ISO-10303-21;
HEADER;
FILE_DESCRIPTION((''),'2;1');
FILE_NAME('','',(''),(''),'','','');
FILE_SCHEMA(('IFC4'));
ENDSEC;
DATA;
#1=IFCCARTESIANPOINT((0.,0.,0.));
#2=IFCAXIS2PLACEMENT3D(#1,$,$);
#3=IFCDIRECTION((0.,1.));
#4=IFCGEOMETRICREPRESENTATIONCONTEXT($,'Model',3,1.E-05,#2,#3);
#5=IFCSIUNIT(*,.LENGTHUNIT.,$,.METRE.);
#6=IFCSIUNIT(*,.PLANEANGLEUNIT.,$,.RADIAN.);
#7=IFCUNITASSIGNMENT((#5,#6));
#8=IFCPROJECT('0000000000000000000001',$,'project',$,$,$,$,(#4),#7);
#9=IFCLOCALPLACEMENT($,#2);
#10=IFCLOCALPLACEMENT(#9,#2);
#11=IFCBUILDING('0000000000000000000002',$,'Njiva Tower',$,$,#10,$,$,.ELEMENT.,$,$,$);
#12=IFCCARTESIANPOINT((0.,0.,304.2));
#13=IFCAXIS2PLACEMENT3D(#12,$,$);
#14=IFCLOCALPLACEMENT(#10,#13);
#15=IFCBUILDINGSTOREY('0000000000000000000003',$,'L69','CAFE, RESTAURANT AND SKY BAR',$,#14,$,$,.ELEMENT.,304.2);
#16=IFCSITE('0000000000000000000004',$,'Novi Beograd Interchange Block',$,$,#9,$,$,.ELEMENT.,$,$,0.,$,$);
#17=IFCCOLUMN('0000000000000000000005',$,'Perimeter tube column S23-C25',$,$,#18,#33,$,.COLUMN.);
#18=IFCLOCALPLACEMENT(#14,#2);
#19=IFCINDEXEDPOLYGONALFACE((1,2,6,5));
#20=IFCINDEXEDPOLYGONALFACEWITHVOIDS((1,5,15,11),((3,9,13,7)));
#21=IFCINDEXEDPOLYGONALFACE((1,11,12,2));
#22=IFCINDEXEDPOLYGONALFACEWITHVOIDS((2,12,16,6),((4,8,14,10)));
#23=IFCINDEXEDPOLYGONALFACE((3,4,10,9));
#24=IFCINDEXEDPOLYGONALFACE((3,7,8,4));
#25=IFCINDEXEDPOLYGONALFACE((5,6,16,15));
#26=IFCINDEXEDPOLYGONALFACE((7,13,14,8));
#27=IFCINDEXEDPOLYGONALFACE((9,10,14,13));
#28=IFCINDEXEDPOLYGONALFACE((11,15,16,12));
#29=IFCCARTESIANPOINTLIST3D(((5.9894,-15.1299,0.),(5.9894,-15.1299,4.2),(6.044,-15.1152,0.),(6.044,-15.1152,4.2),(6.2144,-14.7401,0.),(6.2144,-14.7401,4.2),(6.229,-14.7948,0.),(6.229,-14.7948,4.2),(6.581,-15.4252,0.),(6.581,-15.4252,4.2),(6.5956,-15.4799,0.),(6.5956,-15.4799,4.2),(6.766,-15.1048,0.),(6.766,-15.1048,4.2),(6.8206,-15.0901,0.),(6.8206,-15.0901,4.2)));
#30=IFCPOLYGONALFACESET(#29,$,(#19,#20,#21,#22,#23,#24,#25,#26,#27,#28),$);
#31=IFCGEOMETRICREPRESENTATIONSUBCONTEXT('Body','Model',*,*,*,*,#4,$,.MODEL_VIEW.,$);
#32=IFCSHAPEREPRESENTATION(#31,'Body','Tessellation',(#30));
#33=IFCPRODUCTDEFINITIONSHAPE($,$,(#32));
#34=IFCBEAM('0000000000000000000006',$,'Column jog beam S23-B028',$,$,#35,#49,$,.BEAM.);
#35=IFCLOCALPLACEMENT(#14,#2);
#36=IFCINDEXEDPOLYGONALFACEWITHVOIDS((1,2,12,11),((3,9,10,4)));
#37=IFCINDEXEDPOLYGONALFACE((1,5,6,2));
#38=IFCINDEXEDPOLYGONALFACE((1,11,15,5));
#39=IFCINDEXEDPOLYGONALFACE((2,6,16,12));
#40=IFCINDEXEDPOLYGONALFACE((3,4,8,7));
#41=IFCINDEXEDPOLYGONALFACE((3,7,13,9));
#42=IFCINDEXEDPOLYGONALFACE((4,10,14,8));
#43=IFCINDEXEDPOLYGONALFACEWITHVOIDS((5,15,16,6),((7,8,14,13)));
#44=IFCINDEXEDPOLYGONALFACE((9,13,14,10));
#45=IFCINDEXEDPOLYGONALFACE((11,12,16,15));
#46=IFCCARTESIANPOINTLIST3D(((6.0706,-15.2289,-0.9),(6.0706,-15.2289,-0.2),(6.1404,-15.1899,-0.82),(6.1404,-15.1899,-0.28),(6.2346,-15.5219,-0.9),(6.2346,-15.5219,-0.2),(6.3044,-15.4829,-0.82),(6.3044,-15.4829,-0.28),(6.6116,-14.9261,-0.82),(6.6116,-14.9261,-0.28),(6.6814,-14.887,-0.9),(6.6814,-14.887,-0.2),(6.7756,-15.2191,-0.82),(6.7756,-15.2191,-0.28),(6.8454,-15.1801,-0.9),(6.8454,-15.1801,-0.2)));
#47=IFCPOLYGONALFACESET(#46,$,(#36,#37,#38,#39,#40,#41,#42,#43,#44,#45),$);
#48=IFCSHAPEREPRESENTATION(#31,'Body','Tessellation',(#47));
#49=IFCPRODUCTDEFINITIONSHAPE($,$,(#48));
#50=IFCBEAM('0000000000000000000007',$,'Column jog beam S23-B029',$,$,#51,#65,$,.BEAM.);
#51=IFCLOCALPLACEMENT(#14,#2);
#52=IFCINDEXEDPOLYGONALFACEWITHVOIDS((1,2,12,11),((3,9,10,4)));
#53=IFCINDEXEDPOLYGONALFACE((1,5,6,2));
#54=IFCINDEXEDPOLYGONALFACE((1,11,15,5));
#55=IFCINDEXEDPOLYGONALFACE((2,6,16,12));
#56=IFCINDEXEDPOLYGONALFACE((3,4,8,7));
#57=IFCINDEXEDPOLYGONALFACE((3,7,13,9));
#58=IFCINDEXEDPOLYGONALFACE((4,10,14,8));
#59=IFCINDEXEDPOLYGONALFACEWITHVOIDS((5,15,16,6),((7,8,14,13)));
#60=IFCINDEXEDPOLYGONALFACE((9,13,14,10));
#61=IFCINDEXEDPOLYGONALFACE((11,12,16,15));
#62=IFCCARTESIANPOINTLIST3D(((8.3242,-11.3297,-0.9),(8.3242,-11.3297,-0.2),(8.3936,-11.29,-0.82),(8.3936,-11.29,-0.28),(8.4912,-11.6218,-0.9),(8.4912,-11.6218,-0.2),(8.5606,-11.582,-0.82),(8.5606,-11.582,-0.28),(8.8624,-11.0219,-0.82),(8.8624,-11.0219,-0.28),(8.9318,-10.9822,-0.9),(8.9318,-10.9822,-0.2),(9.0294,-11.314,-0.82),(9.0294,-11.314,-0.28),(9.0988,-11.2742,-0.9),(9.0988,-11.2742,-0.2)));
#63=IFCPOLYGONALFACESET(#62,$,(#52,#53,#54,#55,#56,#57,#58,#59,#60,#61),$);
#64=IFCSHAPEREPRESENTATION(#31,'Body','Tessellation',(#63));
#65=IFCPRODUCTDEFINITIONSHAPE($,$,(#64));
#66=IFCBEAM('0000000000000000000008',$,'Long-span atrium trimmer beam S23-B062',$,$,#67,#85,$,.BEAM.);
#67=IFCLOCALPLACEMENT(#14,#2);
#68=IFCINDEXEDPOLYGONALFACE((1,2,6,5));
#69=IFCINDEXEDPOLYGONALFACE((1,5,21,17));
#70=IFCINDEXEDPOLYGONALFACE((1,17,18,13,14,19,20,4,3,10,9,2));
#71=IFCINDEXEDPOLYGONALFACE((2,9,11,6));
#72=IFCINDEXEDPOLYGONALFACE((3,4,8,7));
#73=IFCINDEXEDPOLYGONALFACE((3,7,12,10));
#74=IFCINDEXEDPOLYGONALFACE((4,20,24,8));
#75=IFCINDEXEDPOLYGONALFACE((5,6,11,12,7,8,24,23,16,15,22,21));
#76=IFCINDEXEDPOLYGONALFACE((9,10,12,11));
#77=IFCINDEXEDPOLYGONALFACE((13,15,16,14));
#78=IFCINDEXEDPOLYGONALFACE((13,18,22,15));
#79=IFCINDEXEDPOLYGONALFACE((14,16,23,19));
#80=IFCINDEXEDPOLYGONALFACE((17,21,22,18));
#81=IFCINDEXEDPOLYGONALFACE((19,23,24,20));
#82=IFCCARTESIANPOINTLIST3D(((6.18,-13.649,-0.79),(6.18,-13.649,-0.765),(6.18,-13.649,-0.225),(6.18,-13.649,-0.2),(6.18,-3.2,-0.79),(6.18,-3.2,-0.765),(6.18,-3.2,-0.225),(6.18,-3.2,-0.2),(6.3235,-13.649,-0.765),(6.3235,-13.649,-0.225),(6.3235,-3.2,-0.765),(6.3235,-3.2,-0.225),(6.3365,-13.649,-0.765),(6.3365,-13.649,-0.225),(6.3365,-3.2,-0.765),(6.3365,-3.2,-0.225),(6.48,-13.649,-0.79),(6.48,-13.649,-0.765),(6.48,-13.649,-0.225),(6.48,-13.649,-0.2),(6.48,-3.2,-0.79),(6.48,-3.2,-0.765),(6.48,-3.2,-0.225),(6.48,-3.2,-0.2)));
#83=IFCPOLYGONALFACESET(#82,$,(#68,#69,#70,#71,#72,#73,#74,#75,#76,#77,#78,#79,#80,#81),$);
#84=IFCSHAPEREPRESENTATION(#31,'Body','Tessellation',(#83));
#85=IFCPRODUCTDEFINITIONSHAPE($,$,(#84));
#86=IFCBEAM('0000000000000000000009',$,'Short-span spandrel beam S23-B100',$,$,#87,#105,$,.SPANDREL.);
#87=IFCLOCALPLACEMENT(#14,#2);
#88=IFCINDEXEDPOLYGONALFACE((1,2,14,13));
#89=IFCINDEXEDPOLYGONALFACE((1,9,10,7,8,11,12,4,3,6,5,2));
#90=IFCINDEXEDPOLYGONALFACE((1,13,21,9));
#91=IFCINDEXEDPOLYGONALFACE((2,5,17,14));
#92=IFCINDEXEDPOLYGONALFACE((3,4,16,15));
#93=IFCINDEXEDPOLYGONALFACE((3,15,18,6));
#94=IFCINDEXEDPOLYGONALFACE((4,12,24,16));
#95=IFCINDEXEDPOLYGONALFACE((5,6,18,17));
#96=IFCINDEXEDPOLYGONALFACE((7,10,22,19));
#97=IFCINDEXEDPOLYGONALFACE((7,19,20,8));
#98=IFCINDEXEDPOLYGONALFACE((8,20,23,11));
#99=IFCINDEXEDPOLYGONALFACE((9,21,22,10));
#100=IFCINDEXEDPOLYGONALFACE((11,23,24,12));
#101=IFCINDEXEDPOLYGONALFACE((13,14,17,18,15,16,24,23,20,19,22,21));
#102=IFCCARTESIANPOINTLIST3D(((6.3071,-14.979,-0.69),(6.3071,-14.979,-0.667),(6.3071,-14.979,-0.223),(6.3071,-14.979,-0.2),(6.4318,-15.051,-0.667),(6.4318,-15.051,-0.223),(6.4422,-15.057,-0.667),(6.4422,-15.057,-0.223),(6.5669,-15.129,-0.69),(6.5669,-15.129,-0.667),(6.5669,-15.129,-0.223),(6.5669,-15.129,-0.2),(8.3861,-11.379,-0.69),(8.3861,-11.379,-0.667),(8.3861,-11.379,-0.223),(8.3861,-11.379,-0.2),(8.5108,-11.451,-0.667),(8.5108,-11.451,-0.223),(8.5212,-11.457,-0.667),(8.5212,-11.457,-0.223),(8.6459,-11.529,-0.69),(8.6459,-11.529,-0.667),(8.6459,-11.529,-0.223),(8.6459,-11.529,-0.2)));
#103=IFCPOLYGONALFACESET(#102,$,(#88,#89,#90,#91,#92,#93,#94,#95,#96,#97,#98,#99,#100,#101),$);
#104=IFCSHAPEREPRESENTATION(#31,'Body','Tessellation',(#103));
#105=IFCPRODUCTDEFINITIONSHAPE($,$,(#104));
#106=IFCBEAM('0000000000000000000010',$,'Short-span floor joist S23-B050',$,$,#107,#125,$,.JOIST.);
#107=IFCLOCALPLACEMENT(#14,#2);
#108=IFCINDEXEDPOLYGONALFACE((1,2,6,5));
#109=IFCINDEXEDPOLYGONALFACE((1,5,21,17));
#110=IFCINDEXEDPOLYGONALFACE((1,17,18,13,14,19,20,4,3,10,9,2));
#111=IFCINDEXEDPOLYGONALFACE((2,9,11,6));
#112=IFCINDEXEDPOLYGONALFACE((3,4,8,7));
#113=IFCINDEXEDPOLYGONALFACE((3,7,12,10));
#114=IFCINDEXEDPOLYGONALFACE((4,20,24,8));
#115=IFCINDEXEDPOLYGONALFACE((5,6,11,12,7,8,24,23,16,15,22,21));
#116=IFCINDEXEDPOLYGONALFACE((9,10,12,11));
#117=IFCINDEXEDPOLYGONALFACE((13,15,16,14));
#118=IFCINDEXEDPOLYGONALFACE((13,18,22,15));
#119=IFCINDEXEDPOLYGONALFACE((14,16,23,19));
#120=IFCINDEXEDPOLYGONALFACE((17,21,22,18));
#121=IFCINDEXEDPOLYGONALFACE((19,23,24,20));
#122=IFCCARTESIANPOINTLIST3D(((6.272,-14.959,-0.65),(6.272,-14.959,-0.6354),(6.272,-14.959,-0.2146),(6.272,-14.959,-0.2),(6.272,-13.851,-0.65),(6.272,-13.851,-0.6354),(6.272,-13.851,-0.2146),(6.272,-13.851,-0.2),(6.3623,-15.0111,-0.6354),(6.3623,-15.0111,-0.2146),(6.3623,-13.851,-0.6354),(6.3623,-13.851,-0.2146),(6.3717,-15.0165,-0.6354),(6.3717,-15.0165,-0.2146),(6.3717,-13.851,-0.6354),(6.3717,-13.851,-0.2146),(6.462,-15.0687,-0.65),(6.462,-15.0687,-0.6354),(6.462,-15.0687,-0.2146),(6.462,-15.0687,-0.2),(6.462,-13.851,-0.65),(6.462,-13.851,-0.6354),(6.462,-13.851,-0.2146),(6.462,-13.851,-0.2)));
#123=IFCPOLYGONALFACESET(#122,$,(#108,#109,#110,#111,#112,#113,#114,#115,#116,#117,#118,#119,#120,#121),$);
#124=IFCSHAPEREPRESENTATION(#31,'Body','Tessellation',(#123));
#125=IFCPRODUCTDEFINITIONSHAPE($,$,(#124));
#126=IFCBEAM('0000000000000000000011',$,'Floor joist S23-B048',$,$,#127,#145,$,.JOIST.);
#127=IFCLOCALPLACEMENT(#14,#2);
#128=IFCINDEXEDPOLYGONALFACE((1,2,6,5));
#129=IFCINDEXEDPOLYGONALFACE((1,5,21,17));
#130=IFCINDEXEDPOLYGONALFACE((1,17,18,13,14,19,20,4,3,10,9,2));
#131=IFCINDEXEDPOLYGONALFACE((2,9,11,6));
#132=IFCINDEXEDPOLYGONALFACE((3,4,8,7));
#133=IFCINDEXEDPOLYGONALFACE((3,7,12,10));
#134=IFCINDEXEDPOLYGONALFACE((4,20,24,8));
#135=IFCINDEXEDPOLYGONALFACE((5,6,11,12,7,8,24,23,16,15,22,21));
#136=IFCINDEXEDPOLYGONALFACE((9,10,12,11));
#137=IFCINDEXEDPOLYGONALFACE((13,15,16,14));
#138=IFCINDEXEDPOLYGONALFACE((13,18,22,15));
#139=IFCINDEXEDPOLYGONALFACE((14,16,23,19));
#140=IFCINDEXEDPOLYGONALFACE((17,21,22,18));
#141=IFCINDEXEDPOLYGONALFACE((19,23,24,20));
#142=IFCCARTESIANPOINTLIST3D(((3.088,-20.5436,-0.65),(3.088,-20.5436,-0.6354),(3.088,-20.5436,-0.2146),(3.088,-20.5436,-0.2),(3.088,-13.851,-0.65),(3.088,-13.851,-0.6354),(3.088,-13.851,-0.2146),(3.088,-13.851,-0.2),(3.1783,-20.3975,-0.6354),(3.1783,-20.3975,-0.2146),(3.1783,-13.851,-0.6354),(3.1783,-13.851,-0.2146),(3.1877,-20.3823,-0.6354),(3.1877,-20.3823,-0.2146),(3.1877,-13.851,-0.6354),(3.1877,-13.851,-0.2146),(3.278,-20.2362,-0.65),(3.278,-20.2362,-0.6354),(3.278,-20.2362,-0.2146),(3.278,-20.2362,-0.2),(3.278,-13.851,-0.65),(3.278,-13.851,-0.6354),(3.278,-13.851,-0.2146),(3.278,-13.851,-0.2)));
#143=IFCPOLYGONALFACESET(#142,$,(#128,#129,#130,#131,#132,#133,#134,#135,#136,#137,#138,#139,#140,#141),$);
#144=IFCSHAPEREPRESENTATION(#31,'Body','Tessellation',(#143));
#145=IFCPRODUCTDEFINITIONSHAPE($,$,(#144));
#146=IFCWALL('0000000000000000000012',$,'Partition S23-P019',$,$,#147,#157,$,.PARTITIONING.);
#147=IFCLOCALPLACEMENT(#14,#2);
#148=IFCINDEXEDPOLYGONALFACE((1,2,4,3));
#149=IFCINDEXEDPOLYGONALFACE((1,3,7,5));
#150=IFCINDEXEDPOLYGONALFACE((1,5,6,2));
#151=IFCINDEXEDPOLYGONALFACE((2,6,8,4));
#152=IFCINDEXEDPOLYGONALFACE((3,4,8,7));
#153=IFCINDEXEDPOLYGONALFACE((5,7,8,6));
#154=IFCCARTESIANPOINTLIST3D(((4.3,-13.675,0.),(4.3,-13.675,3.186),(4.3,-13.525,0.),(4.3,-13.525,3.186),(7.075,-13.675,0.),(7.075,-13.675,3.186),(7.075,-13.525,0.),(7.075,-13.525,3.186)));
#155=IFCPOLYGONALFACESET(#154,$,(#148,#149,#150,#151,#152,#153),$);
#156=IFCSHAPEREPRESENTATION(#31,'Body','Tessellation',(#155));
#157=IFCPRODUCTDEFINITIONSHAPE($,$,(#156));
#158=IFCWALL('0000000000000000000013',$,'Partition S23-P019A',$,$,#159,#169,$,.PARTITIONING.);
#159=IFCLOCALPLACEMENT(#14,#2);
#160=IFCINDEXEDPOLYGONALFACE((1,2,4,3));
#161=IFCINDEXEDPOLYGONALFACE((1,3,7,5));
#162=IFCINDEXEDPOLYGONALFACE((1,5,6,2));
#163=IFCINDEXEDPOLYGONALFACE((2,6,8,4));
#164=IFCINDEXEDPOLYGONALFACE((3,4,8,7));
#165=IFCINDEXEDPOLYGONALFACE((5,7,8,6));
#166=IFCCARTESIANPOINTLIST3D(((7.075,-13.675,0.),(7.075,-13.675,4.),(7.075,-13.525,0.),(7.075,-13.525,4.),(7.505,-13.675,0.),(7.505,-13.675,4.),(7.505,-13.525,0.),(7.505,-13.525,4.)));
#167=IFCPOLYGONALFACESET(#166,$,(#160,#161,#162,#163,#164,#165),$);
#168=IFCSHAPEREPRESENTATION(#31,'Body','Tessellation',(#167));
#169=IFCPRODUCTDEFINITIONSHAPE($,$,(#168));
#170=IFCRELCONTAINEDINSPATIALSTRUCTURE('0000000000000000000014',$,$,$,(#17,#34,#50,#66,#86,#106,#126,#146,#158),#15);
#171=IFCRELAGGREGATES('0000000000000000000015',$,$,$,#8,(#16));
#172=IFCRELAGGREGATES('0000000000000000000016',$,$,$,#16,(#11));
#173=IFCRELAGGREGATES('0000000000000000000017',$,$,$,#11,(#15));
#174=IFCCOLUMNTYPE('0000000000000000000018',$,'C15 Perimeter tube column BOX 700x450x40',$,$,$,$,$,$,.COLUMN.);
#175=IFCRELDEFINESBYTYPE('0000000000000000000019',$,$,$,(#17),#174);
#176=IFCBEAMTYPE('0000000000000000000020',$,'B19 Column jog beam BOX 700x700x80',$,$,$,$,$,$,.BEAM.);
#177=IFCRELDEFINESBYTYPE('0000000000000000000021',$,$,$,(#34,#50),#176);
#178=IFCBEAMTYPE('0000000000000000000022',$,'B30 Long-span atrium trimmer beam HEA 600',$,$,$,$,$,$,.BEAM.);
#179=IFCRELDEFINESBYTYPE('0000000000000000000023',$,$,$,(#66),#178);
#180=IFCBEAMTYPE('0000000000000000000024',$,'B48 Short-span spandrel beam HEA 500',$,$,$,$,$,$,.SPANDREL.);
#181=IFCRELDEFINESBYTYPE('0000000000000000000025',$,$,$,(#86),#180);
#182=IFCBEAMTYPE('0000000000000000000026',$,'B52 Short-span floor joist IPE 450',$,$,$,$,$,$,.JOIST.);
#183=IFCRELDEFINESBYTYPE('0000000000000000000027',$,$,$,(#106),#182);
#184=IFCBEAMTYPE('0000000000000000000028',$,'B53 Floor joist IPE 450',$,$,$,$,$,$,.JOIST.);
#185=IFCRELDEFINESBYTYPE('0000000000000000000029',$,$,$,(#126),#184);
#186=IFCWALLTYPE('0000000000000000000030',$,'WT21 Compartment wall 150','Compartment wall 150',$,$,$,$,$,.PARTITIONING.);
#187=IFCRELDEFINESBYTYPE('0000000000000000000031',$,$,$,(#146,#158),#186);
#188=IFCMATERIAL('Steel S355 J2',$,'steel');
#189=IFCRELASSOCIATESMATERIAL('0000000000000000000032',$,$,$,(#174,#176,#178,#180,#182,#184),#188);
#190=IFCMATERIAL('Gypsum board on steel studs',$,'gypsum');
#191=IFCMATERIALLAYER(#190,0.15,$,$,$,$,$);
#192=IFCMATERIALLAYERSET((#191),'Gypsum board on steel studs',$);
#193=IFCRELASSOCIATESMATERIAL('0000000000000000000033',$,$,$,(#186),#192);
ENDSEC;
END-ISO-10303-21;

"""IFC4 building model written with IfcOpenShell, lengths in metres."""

from ifc_helpers import new_model, si_unit, direction, frame, frame_2d, origin, origin_2d, place, context, subcontext, project, spatial, rectangle, hollow_rectangle, i_section, extrude, clip, halfspace, material, layer, layer_set, material_profile, profile_set, type_object, element, save


model = new_model("IFC4")

# Units and contexts
model_context = context("Model", 3, precision=1e-05, world=origin(), true_north=direction((0.0, 1.0)))
body_context = subcontext(model_context, "Body", "Model", "MODEL_VIEW")
ifc_project = project(units=[si_unit("LENGTHUNIT", "METRE"), si_unit("PLANEANGLEUNIT", "RADIAN")], contexts=[model_context])

# Site, building, storey
site_placement = place(None, origin())
site = spatial("IfcSite", under=ifc_project, at=site_placement, Name="Novi Beograd Interchange Block", CompositionType="ELEMENT", RefElevation=0.0)
building_placement = place(site_placement, origin())
building = spatial("IfcBuilding", under=site, at=building_placement, Name="Njiva Tower", CompositionType="ELEMENT")
storey_placement = place(building_placement, frame((0.0, 0.0, 304.2)))
storey = spatial("IfcBuildingStorey", under=building, at=storey_placement, Name="L69", Description="CAFE, RESTAURANT AND SKY BAR", CompositionType="ELEMENT", Elevation=304.2)

# Column
ifc_material_1 = material(Name="Steel S355 J2", Category="steel")
ifc_material_profile_1 = material_profile(ifc_material_1, hollow_rectangle(XDim=0.45, YDim=0.7, WallThickness=0.04, at=origin_2d()), Name="BOX 700x450x40")
ifc_profile_set_1 = profile_set([ifc_material_profile_1], Name="Steel S355 J2")
column_type = type_object("IfcColumnType", Name="C15 Perimeter tube column BOX 700x450x40", PredefinedType="COLUMN", material=ifc_profile_set_1)
column_placement = place(storey_placement, frame((6.405, -15.11, 0.0), z_axis=(0.0, 0.0, 1.0), x_axis=(0.5, 0.866025, 0.0)))
element("IfcColumn", 1, at=column_placement, inside=storey, type_object=column_type, Name="Perimeter tube column S23-C25", PredefinedType="COLUMN", context=body_context, shape_type="SweptSolid", body=[
    extrude(hollow_rectangle(XDim=0.45, YDim=0.7, WallThickness=0.04, at=origin_2d()), origin(), (0.0, 0.0, 1.0), 4.2),
])

# Beams
ifc_material_profile_2 = material_profile(ifc_material_1, hollow_rectangle(XDim=0.7, YDim=0.7, WallThickness=0.08, at=origin_2d()), Name="BOX 700x700x80")
ifc_profile_set_2 = profile_set([ifc_material_profile_2], Name="Steel S355 J2")
beam_type_1 = type_object("IfcBeamType", Name="B19 Column jog beam BOX 700x700x80", PredefinedType="BEAM", material=ifc_profile_set_2)
beam_1_placement = place(storey_placement, frame((6.54, -15.351, -0.55), z_axis=(-0.488422, 0.872608, 0.0), x_axis=(-0.872608, -0.488422, 0.0)))
element("IfcBeam", 2, at=beam_1_placement, inside=storey, type_object=beam_type_1, Name="Column jog beam S23-B028", PredefinedType="BEAM", context=body_context, shape_type="SweptSolid", body=[
    extrude(hollow_rectangle(XDim=0.7, YDim=0.7, WallThickness=0.08, at=origin_2d()), origin(), (0.0, 0.0, 1.0), 0.3358),
])
beam_2_placement = place(storey_placement, frame((8.795, -11.448, -0.55), z_axis=(-0.496459, 0.86806, 0.0), x_axis=(-0.86806, -0.496459, 0.0)))
element("IfcBeam", 3, at=beam_2_placement, inside=storey, type_object=beam_type_1, Name="Column jog beam S23-B029", PredefinedType="BEAM", context=body_context, shape_type="SweptSolid", body=[
    extrude(hollow_rectangle(XDim=0.7, YDim=0.7, WallThickness=0.08, at=origin_2d()), origin(), (0.0, 0.0, 1.0), 0.3364),
])
ifc_material_profile_3 = material_profile(ifc_material_1, i_section(OverallWidth=0.3, OverallDepth=0.59, WebThickness=0.013, FlangeThickness=0.025, at=origin_2d()), Name="HEA 600")
ifc_profile_set_3 = profile_set([ifc_material_profile_3], Name="Steel S355 J2")
beam_type_2 = type_object("IfcBeamType", Name="B30 Long-span atrium trimmer beam HEA 600", PredefinedType="BEAM", material=ifc_profile_set_3)
beam_3_placement = place(storey_placement, frame((6.33, -13.649, -0.495), z_axis=(0.0, 1.0, 0.0), x_axis=(-1.0, 0.0, 0.0)))
element("IfcBeam", 4, at=beam_3_placement, inside=storey, type_object=beam_type_2, Name="Long-span atrium trimmer beam S23-B062", PredefinedType="BEAM", context=body_context, shape_type="SweptSolid", body=[
    extrude(i_section(OverallWidth=0.3, OverallDepth=0.59, WebThickness=0.013, FlangeThickness=0.025, at=origin_2d()), origin(), (0.0, 0.0, 1.0), 10.449),
])
ifc_material_profile_4 = material_profile(ifc_material_1, i_section(OverallWidth=0.3, OverallDepth=0.49, WebThickness=0.012, FlangeThickness=0.023, at=origin_2d()), Name="HEA 500")
ifc_profile_set_4 = profile_set([ifc_material_profile_4], Name="Steel S355 J2")
beam_type_3 = type_object("IfcBeamType", Name="B48 Short-span spandrel beam HEA 500", PredefinedType="SPANDREL", material=ifc_profile_set_4)
beam_4_placement = place(storey_placement, frame((6.437, -15.054, -0.445), z_axis=(0.500097, 0.865969, 0.0), x_axis=(-0.865969, 0.500097, 0.0)))
element("IfcBeam", 5, at=beam_4_placement, inside=storey, type_object=beam_type_3, Name="Short-span spandrel beam S23-B100", PredefinedType="SPANDREL", context=body_context, shape_type="SweptSolid", body=[
    extrude(i_section(OverallWidth=0.3, OverallDepth=0.49, WebThickness=0.012, FlangeThickness=0.023, at=origin_2d()), origin(), (0.0, 0.0, 1.0), 4.1572),
])
ifc_material_profile_5 = material_profile(ifc_material_1, i_section(OverallWidth=0.19, OverallDepth=0.45, WebThickness=0.0094, FlangeThickness=0.0146, at=origin_2d()), Name="IPE 450")
ifc_profile_set_5 = profile_set([ifc_material_profile_5], Name="Steel S355 J2")
beam_type_4 = type_object("IfcBeamType", Name="B52 Short-span floor joist IPE 450", PredefinedType="JOIST", material=ifc_profile_set_5)
beam_5_placement = place(storey_placement, frame((6.367, -13.851, -0.425), z_axis=(0.0, -1.0, 0.0), x_axis=(1.0, 0.0, 0.0)))
element("IfcBeam", 6, at=beam_5_placement, inside=storey, type_object=beam_type_4, Name="Short-span floor joist S23-B050", PredefinedType="JOIST", context=body_context, shape_type="Clipping", body=[
    clip(extrude(i_section(OverallWidth=0.19, OverallDepth=0.45, WebThickness=0.0094, FlangeThickness=0.0146, at=origin_2d()), origin(), (0.0, 0.0, 1.0), 1.238), halfspace(frame((-0.0253, 0.0, 1.1482), z_axis=(-0.499998, 0.0, 0.866027), x_axis=(0.0, 1.0, 0.0)), False)),
])
ifc_material_profile_6 = material_profile(ifc_material_1, i_section(OverallWidth=0.19, OverallDepth=0.45, WebThickness=0.0094, FlangeThickness=0.0146, at=origin_2d()), Name="IPE 450")
ifc_profile_set_6 = profile_set([ifc_material_profile_6], Name="Steel S355 J2")
beam_type_5 = type_object("IfcBeamType", Name="B53 Floor joist IPE 450", PredefinedType="JOIST", material=ifc_profile_set_6)
beam_6_placement = place(storey_placement, frame((3.183, -13.851, -0.425), z_axis=(0.0, -1.0, 0.0), x_axis=(1.0, 0.0, 0.0)))
element("IfcBeam", 7, at=beam_6_placement, inside=storey, type_object=beam_type_5, Name="Floor joist S23-B048", PredefinedType="JOIST", context=body_context, shape_type="Clipping", body=[
    clip(extrude(i_section(OverallWidth=0.19, OverallDepth=0.45, WebThickness=0.0094, FlangeThickness=0.0146, at=origin_2d()), origin(), (0.0, 0.0, 1.0), 6.712), halfspace(frame((0.0429, 0.0, 6.4695), z_axis=(0.850616, 0.0, 0.525788), x_axis=(0.0, 1.0, 0.0)), False)),
])

# Walls
ifc_material_2 = material(Name="Gypsum board on steel studs", Category="gypsum")
ifc_layer_1 = layer(ifc_material_2, 0.15)
ifc_layer_set_1 = layer_set([ifc_layer_1], Name="Gypsum board on steel studs")
wall_type_1 = type_object("IfcWallType", Name="WT21 Compartment wall 150", Description="Compartment wall 150", PredefinedType="PARTITIONING", material=ifc_layer_set_1)
wall_1_placement = place(storey_placement, frame((4.3, -13.6, 0.0), z_axis=(0.0, 0.0, 1.0), x_axis=(1.0, 0.0, 0.0)))
element("IfcWall", 8, at=wall_1_placement, inside=storey, type_object=wall_type_1, Name="Partition S23-P019", PredefinedType="PARTITIONING", context=body_context, shape_type="SweptSolid", body=[
    extrude(rectangle(XDim=2.775, YDim=0.15, at=frame_2d((1.3875, 0.0))), origin(), (0.0, 0.0, 1.0), 3.186),
])
wall_2_placement = place(storey_placement, frame((7.075, -13.6, 0.0), z_axis=(0.0, 0.0, 1.0), x_axis=(1.0, 0.0, 0.0)))
element("IfcWall", 9, at=wall_2_placement, inside=storey, type_object=wall_type_1, Name="Partition S23-P019A", PredefinedType="PARTITIONING", context=body_context, shape_type="SweptSolid", body=[
    extrude(rectangle(XDim=0.43, YDim=0.15, at=frame_2d((0.215, 0.0))), origin(), (0.0, 0.0, 1.0), 4.0),
])

save(model, "model.ifc")
